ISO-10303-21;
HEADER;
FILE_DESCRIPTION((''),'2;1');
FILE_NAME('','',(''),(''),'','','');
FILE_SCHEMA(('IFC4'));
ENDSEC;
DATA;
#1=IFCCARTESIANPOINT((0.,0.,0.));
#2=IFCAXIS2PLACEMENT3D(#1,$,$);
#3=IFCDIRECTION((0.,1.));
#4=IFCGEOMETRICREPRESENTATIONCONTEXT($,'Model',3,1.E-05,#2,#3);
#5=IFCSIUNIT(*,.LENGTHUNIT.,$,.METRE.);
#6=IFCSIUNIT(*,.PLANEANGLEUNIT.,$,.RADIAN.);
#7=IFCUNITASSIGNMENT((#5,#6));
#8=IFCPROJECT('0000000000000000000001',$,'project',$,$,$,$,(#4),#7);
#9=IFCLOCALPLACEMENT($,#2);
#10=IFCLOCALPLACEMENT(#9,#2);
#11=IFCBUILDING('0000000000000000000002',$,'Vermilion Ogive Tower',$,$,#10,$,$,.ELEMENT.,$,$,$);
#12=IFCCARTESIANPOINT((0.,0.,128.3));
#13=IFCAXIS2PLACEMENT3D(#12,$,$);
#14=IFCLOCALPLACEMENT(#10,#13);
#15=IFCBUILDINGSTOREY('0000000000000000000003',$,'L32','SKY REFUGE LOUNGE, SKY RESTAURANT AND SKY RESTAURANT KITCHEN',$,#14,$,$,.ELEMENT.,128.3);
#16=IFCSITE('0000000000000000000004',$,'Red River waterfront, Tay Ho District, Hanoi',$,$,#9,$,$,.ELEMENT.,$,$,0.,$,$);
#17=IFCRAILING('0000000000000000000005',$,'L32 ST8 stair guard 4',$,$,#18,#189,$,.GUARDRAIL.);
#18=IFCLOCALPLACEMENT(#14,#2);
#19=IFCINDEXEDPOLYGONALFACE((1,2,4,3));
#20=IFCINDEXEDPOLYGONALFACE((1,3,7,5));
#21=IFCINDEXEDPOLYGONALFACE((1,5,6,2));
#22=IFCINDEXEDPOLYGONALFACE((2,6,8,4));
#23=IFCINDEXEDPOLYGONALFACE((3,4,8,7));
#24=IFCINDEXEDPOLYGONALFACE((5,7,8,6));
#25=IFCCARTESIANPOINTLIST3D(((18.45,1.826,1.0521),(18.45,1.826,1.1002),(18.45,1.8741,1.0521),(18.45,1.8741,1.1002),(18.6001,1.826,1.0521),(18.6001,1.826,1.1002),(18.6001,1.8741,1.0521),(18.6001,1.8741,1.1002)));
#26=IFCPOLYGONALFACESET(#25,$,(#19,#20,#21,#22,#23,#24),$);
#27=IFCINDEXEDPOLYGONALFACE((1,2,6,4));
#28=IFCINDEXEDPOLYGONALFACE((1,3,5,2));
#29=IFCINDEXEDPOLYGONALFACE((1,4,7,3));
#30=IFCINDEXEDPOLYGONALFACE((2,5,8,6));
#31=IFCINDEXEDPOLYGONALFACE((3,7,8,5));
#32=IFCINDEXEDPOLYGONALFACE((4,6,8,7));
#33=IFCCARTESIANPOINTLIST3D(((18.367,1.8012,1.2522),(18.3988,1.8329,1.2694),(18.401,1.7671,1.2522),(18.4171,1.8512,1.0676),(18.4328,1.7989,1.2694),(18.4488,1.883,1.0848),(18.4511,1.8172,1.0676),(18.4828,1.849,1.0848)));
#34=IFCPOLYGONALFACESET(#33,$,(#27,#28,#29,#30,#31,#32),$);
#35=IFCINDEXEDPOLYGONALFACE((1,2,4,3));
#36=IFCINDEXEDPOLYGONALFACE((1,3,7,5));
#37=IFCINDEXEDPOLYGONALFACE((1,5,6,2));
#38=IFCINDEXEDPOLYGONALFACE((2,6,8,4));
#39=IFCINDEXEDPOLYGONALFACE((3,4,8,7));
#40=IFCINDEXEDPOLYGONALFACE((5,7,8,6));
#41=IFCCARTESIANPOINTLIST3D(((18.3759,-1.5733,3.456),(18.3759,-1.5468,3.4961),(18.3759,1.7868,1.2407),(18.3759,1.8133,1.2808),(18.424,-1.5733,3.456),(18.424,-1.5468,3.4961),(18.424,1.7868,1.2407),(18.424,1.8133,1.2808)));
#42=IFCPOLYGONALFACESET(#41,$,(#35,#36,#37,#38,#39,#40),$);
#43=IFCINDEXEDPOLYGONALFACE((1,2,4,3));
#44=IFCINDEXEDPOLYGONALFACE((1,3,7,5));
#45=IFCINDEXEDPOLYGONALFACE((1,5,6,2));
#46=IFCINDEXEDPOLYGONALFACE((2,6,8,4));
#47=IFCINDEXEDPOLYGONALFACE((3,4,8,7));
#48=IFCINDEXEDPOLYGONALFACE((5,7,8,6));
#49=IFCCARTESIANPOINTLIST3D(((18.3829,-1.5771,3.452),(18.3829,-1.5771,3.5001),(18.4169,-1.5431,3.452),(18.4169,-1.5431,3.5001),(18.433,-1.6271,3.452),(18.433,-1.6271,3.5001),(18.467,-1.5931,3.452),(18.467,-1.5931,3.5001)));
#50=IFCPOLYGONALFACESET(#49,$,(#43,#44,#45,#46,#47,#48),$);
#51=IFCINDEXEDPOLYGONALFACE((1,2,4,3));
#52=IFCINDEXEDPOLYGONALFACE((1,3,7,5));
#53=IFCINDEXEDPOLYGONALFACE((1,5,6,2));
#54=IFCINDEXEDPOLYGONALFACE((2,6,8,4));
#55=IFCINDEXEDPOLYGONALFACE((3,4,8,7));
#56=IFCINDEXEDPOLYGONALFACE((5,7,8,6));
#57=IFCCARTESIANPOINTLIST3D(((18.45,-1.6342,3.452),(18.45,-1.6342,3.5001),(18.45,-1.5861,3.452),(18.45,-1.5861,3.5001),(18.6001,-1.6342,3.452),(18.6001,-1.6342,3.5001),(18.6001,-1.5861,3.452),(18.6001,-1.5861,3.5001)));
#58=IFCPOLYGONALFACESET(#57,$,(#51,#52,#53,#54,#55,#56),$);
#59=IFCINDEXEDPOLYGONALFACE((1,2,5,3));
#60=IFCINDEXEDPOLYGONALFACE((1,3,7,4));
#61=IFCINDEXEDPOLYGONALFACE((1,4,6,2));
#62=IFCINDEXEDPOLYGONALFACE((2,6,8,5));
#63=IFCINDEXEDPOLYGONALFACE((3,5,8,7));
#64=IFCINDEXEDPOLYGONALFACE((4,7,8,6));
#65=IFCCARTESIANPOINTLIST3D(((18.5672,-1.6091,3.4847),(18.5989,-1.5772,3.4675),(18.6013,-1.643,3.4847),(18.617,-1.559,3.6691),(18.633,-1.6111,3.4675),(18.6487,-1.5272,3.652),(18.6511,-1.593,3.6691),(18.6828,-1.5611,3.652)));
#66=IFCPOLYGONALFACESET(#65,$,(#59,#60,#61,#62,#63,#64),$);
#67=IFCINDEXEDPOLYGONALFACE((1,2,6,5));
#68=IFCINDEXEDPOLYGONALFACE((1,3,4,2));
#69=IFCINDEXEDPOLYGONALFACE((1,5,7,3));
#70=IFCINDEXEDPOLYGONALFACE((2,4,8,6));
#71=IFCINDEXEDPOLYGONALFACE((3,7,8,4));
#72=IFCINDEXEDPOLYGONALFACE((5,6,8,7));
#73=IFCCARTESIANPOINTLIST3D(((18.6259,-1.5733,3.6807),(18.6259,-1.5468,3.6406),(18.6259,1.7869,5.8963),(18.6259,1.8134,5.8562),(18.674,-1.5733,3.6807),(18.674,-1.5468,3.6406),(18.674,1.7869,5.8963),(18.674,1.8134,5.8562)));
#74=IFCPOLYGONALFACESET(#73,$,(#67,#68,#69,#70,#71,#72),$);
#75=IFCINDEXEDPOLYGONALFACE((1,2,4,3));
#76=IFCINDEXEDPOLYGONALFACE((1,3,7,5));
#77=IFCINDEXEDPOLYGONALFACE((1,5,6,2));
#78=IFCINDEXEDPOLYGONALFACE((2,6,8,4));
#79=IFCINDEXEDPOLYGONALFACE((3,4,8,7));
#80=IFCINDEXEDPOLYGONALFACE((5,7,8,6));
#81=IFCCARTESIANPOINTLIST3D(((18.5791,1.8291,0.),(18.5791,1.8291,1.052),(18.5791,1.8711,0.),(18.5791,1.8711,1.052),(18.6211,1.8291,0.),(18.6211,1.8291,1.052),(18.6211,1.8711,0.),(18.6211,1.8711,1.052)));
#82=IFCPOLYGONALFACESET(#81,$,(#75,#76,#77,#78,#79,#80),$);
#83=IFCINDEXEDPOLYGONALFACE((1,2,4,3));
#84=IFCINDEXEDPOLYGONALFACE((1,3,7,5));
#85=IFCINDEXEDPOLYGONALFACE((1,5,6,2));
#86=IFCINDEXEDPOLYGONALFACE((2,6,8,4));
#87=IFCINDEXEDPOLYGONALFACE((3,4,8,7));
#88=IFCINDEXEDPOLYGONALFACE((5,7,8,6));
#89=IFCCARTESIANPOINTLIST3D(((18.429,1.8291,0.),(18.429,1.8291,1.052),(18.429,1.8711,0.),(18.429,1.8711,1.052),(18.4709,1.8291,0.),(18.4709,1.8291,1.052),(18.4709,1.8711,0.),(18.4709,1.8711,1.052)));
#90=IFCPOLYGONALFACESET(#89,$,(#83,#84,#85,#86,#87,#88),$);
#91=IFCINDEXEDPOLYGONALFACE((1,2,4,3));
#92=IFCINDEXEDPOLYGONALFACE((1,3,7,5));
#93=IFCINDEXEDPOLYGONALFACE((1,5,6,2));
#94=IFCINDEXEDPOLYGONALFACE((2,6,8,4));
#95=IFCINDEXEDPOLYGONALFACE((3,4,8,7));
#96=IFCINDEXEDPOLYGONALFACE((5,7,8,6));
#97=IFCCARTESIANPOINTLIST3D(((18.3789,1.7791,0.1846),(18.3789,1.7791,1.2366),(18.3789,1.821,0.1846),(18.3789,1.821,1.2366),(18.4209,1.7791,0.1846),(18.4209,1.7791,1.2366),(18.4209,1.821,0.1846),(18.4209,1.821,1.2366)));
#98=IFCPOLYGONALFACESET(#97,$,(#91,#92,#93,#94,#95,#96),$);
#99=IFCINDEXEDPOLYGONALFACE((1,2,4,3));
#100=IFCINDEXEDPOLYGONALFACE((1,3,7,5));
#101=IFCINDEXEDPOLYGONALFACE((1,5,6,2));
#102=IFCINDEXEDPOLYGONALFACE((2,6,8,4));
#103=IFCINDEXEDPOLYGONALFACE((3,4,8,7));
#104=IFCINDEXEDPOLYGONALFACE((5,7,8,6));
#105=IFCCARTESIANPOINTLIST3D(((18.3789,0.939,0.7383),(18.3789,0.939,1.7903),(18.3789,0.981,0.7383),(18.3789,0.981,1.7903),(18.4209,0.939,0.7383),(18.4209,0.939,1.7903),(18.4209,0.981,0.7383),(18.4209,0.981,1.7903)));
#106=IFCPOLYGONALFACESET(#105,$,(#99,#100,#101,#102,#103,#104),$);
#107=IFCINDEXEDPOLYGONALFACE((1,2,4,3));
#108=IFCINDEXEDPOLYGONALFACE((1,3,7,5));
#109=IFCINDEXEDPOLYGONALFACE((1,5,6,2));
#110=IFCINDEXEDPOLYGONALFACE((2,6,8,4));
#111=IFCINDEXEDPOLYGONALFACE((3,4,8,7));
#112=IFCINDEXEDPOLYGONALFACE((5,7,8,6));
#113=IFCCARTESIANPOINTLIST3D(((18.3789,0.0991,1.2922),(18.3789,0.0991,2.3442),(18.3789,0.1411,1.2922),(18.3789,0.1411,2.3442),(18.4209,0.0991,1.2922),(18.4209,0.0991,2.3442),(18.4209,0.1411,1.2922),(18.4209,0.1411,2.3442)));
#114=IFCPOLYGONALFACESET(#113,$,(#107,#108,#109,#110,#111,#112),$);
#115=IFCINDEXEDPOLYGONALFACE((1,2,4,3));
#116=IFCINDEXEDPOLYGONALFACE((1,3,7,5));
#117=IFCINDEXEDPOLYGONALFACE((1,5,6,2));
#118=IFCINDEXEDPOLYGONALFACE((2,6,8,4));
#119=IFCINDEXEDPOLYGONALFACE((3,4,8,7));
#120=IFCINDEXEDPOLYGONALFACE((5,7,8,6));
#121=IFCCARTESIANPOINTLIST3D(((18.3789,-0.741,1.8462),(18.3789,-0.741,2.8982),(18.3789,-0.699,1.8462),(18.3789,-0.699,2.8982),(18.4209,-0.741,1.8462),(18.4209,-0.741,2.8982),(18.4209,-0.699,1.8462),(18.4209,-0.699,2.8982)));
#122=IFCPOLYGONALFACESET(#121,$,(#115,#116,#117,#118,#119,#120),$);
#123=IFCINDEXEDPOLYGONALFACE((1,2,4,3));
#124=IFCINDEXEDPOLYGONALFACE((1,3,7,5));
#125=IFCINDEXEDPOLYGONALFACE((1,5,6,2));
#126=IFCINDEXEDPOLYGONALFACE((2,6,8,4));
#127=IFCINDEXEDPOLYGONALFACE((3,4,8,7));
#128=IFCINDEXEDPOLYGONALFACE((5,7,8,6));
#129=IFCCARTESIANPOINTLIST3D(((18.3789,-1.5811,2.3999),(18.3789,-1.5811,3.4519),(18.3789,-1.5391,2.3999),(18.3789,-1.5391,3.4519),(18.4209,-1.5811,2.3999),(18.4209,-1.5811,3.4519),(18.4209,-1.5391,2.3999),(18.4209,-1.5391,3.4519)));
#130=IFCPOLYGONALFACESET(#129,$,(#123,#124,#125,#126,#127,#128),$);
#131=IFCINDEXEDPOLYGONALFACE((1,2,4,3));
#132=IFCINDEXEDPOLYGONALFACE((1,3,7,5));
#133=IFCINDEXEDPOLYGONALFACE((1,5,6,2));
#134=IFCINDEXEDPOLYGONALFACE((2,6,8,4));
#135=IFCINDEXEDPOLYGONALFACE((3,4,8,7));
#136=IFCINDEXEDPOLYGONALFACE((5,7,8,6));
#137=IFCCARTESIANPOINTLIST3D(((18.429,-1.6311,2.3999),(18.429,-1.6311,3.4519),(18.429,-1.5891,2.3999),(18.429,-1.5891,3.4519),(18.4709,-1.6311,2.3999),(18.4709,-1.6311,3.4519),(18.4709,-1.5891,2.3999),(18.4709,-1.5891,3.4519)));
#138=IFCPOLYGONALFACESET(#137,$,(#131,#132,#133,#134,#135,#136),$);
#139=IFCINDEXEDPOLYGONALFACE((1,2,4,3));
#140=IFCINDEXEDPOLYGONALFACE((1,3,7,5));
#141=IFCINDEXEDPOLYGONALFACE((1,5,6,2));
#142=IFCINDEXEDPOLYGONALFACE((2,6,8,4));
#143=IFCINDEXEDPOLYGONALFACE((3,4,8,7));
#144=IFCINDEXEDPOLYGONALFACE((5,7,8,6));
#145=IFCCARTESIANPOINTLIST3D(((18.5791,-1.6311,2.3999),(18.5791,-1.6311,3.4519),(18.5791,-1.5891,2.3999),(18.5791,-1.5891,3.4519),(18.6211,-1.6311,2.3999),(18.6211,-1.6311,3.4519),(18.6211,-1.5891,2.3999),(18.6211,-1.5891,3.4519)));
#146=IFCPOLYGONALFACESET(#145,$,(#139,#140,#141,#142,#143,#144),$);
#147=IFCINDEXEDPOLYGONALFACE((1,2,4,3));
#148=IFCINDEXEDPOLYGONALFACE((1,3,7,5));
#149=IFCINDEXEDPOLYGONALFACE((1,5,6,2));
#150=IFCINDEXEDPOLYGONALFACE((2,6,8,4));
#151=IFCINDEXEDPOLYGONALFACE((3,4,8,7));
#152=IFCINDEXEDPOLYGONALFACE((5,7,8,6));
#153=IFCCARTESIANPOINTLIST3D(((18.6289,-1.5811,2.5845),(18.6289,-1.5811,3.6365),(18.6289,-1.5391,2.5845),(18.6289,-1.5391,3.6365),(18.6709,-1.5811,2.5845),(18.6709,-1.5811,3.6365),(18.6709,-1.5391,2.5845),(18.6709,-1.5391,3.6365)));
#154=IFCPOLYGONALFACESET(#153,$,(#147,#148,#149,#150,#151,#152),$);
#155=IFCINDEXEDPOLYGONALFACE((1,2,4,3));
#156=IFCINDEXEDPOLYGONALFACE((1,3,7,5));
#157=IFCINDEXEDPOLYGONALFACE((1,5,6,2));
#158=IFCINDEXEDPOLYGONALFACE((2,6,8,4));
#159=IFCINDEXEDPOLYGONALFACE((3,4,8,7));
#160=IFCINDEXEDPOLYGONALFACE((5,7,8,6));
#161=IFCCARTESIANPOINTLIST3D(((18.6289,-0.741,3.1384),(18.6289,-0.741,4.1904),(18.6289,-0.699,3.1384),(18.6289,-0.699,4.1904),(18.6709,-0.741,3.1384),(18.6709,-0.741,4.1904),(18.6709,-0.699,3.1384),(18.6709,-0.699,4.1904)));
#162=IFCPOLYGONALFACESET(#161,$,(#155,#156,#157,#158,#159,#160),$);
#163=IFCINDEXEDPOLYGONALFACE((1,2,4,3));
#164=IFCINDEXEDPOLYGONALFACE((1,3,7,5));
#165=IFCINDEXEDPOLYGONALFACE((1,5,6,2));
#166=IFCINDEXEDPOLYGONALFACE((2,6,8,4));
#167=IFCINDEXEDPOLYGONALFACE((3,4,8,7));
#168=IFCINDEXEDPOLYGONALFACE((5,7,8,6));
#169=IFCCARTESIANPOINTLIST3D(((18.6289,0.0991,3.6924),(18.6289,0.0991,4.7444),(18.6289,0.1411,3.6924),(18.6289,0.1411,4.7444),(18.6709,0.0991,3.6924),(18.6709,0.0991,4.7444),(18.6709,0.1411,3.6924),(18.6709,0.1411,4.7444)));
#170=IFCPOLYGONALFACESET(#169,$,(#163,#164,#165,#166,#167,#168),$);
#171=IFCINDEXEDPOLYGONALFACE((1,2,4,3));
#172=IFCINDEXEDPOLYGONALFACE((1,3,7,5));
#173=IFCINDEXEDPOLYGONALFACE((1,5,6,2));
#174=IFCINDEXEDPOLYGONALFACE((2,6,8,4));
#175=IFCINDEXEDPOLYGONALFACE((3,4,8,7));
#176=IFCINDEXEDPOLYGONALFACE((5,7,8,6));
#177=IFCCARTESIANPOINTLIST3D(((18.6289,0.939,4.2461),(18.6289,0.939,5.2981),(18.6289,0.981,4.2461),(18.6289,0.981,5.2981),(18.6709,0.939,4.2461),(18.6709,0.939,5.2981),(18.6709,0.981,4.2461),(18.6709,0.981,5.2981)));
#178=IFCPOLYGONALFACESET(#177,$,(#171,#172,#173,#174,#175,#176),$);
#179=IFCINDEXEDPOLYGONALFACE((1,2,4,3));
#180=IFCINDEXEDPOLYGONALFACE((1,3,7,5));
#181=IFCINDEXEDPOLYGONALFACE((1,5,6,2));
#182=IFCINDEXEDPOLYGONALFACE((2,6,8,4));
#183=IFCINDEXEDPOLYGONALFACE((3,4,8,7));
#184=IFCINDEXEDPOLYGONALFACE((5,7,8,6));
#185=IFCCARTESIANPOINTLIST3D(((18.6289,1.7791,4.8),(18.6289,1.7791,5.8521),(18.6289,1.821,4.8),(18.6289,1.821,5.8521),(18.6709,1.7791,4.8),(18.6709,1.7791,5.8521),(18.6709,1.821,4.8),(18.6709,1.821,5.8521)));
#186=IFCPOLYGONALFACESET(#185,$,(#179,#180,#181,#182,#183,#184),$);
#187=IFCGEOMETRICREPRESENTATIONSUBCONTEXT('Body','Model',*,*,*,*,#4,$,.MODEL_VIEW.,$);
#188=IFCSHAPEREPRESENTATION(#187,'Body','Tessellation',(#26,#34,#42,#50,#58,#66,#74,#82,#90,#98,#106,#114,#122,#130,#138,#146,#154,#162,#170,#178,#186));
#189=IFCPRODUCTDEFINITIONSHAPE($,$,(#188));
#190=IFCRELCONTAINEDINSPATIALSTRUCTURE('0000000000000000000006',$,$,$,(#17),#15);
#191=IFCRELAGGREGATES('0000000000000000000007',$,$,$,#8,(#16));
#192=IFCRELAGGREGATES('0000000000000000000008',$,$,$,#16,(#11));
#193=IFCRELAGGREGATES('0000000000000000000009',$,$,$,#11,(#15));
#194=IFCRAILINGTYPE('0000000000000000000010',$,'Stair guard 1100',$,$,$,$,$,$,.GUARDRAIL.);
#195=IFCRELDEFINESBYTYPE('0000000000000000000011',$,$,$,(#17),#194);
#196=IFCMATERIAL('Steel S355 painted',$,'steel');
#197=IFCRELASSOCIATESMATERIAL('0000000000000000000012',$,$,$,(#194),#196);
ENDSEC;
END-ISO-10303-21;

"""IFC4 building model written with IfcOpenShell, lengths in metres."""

from ifc_helpers import new_model, si_unit, direction, frame, origin, origin_2d, place, context, subcontext, project, spatial, rectangle, extrude, material, type_object, element, save


model = new_model("IFC4")

# Units and contexts
model_context = context("Model", 3, precision=1e-05, world=origin(), true_north=direction((0.0, 1.0)))
body_context = subcontext(model_context, "Body", "Model", "MODEL_VIEW")
ifc_project = project(units=[si_unit("LENGTHUNIT", "METRE"), si_unit("PLANEANGLEUNIT", "RADIAN")], contexts=[model_context])

# Site, building, storey
site_placement = place(None, origin())
site = spatial("IfcSite", under=ifc_project, at=site_placement, Name="Red River waterfront, Tay Ho District, Hanoi", CompositionType="ELEMENT", RefElevation=0.0)
building_placement = place(site_placement, origin())
building = spatial("IfcBuilding", under=site, at=building_placement, Name="Vermilion Ogive Tower", CompositionType="ELEMENT")
storey_placement = place(building_placement, frame((0.0, 0.0, 128.3)))
storey = spatial("IfcBuildingStorey", under=building, at=storey_placement, Name="L32", Description="SKY REFUGE LOUNGE, SKY RESTAURANT AND SKY RESTAURANT KITCHEN", CompositionType="ELEMENT", Elevation=128.3)

# Railing
ifc_material_1 = material(Name="Steel S355 painted", Category="steel")
railing_type_1 = type_object("IfcRailingType", Name="Stair guard 1100", PredefinedType="GUARDRAIL", material=ifc_material_1)
railing_1_placement = place(storey_placement, frame((18.6001, 1.8501, 0.0)))
element("IfcRailing", 1, at=railing_1_placement, inside=storey, type_object=railing_type_1, Name="L32 ST8 stair guard 4", PredefinedType="GUARDRAIL", context=body_context, shape_type="SweptSolid", body=[
    extrude(rectangle(XDim=0.0481, YDim=0.0481, at=origin_2d()), frame((0.0, 0.0, 1.0762), z_axis=(-1.0, 0.0, 0.0), x_axis=(0.0, -1.0, 0.0)), (0.0, 0.0, 1.0), 0.1501),
    extrude(rectangle(XDim=0.0481, YDim=0.0481, at=origin_2d()), frame((-0.1501, 0.0, 1.0762), z_axis=(-0.253186, -0.253186, 0.933699), x_axis=(0.707107, -0.707107, 0.0)), (0.0, 0.0, 1.0), 0.1978),
    extrude(rectangle(XDim=0.0481, YDim=0.0481, at=origin_2d()), frame((-0.2002, -0.05, 1.2607), z_axis=(0.0, -0.834876, 0.550437), x_axis=(1.0, 0.0, 0.0)), (0.0, 0.0, 1.0), 4.0247),
    extrude(rectangle(XDim=0.0481, YDim=0.0481, at=origin_2d()), frame((-0.2002, -3.4102, 3.4761), z_axis=(0.707107, -0.707107, 0.0), x_axis=(0.707107, 0.707107, 0.0)), (0.0, 0.0, 1.0), 0.0708),
    extrude(rectangle(XDim=0.0481, YDim=0.0481, at=origin_2d()), frame((-0.1501, -3.4602, 3.4761), z_axis=(1.0, 0.0, 0.0), x_axis=(0.0, 1.0, 0.0)), (0.0, 0.0, 1.0), 0.1501),
    extrude(rectangle(XDim=0.0481, YDim=0.0481, at=origin_2d()), frame((0.0, -3.4602, 3.4761), z_axis=(0.252029, 0.253265, 0.933991), x_axis=(-0.708834, 0.705376, 0.0)), (0.0, 0.0, 1.0), 0.1975),
    extrude(rectangle(XDim=0.0481, YDim=0.0481, at=origin_2d()), frame((0.0498, -3.4102, 3.6606), z_axis=(0.0, 0.834849, 0.55048), x_axis=(-1.0, 0.0, 0.0)), (0.0, 0.0, 1.0), 4.0249),
    extrude(rectangle(XDim=0.042, YDim=0.042, at=origin_2d()), origin(), (0.0, 0.0, 1.0), 1.052),
    extrude(rectangle(XDim=0.042, YDim=0.042, at=origin_2d()), frame((-0.1501, 0.0, 0.0)), (0.0, 0.0, 1.0), 1.052),
    extrude(rectangle(XDim=0.042, YDim=0.042, at=origin_2d()), frame((-0.2002, -0.05, 0.1846)), (0.0, 0.0, 1.0), 1.052),
    extrude(rectangle(XDim=0.042, YDim=0.042, at=origin_2d()), frame((-0.2002, -0.8901, 0.7383)), (0.0, 0.0, 1.0), 1.052),
    extrude(rectangle(XDim=0.042, YDim=0.042, at=origin_2d()), frame((-0.2002, -1.73, 1.2922)), (0.0, 0.0, 1.0), 1.052),
    extrude(rectangle(XDim=0.042, YDim=0.042, at=origin_2d()), frame((-0.2002, -2.5701, 1.8462)), (0.0, 0.0, 1.0), 1.052),
    extrude(rectangle(XDim=0.042, YDim=0.042, at=origin_2d()), frame((-0.2002, -3.4102, 2.3999)), (0.0, 0.0, 1.0), 1.052),
    extrude(rectangle(XDim=0.042, YDim=0.042, at=origin_2d()), frame((-0.1501, -3.4602, 2.3999)), (0.0, 0.0, 1.0), 1.052),
    extrude(rectangle(XDim=0.042, YDim=0.042, at=origin_2d()), frame((0.0, -3.4602, 2.3999)), (0.0, 0.0, 1.0), 1.052),
    extrude(rectangle(XDim=0.042, YDim=0.042, at=origin_2d()), frame((0.0498, -3.4102, 2.5845)), (0.0, 0.0, 1.0), 1.052),
    extrude(rectangle(XDim=0.042, YDim=0.042, at=origin_2d()), frame((0.0498, -2.5701, 3.1384)), (0.0, 0.0, 1.0), 1.052),
    extrude(rectangle(XDim=0.042, YDim=0.042, at=origin_2d()), frame((0.0498, -1.73, 3.6924)), (0.0, 0.0, 1.0), 1.052),
    extrude(rectangle(XDim=0.042, YDim=0.042, at=origin_2d()), frame((0.0498, -0.8901, 4.2461)), (0.0, 0.0, 1.0), 1.052),
    extrude(rectangle(XDim=0.042, YDim=0.042, at=origin_2d()), frame((0.0498, -0.05, 4.8)), (0.0, 0.0, 1.0), 1.052),
])

save(model, "model.ifc")
